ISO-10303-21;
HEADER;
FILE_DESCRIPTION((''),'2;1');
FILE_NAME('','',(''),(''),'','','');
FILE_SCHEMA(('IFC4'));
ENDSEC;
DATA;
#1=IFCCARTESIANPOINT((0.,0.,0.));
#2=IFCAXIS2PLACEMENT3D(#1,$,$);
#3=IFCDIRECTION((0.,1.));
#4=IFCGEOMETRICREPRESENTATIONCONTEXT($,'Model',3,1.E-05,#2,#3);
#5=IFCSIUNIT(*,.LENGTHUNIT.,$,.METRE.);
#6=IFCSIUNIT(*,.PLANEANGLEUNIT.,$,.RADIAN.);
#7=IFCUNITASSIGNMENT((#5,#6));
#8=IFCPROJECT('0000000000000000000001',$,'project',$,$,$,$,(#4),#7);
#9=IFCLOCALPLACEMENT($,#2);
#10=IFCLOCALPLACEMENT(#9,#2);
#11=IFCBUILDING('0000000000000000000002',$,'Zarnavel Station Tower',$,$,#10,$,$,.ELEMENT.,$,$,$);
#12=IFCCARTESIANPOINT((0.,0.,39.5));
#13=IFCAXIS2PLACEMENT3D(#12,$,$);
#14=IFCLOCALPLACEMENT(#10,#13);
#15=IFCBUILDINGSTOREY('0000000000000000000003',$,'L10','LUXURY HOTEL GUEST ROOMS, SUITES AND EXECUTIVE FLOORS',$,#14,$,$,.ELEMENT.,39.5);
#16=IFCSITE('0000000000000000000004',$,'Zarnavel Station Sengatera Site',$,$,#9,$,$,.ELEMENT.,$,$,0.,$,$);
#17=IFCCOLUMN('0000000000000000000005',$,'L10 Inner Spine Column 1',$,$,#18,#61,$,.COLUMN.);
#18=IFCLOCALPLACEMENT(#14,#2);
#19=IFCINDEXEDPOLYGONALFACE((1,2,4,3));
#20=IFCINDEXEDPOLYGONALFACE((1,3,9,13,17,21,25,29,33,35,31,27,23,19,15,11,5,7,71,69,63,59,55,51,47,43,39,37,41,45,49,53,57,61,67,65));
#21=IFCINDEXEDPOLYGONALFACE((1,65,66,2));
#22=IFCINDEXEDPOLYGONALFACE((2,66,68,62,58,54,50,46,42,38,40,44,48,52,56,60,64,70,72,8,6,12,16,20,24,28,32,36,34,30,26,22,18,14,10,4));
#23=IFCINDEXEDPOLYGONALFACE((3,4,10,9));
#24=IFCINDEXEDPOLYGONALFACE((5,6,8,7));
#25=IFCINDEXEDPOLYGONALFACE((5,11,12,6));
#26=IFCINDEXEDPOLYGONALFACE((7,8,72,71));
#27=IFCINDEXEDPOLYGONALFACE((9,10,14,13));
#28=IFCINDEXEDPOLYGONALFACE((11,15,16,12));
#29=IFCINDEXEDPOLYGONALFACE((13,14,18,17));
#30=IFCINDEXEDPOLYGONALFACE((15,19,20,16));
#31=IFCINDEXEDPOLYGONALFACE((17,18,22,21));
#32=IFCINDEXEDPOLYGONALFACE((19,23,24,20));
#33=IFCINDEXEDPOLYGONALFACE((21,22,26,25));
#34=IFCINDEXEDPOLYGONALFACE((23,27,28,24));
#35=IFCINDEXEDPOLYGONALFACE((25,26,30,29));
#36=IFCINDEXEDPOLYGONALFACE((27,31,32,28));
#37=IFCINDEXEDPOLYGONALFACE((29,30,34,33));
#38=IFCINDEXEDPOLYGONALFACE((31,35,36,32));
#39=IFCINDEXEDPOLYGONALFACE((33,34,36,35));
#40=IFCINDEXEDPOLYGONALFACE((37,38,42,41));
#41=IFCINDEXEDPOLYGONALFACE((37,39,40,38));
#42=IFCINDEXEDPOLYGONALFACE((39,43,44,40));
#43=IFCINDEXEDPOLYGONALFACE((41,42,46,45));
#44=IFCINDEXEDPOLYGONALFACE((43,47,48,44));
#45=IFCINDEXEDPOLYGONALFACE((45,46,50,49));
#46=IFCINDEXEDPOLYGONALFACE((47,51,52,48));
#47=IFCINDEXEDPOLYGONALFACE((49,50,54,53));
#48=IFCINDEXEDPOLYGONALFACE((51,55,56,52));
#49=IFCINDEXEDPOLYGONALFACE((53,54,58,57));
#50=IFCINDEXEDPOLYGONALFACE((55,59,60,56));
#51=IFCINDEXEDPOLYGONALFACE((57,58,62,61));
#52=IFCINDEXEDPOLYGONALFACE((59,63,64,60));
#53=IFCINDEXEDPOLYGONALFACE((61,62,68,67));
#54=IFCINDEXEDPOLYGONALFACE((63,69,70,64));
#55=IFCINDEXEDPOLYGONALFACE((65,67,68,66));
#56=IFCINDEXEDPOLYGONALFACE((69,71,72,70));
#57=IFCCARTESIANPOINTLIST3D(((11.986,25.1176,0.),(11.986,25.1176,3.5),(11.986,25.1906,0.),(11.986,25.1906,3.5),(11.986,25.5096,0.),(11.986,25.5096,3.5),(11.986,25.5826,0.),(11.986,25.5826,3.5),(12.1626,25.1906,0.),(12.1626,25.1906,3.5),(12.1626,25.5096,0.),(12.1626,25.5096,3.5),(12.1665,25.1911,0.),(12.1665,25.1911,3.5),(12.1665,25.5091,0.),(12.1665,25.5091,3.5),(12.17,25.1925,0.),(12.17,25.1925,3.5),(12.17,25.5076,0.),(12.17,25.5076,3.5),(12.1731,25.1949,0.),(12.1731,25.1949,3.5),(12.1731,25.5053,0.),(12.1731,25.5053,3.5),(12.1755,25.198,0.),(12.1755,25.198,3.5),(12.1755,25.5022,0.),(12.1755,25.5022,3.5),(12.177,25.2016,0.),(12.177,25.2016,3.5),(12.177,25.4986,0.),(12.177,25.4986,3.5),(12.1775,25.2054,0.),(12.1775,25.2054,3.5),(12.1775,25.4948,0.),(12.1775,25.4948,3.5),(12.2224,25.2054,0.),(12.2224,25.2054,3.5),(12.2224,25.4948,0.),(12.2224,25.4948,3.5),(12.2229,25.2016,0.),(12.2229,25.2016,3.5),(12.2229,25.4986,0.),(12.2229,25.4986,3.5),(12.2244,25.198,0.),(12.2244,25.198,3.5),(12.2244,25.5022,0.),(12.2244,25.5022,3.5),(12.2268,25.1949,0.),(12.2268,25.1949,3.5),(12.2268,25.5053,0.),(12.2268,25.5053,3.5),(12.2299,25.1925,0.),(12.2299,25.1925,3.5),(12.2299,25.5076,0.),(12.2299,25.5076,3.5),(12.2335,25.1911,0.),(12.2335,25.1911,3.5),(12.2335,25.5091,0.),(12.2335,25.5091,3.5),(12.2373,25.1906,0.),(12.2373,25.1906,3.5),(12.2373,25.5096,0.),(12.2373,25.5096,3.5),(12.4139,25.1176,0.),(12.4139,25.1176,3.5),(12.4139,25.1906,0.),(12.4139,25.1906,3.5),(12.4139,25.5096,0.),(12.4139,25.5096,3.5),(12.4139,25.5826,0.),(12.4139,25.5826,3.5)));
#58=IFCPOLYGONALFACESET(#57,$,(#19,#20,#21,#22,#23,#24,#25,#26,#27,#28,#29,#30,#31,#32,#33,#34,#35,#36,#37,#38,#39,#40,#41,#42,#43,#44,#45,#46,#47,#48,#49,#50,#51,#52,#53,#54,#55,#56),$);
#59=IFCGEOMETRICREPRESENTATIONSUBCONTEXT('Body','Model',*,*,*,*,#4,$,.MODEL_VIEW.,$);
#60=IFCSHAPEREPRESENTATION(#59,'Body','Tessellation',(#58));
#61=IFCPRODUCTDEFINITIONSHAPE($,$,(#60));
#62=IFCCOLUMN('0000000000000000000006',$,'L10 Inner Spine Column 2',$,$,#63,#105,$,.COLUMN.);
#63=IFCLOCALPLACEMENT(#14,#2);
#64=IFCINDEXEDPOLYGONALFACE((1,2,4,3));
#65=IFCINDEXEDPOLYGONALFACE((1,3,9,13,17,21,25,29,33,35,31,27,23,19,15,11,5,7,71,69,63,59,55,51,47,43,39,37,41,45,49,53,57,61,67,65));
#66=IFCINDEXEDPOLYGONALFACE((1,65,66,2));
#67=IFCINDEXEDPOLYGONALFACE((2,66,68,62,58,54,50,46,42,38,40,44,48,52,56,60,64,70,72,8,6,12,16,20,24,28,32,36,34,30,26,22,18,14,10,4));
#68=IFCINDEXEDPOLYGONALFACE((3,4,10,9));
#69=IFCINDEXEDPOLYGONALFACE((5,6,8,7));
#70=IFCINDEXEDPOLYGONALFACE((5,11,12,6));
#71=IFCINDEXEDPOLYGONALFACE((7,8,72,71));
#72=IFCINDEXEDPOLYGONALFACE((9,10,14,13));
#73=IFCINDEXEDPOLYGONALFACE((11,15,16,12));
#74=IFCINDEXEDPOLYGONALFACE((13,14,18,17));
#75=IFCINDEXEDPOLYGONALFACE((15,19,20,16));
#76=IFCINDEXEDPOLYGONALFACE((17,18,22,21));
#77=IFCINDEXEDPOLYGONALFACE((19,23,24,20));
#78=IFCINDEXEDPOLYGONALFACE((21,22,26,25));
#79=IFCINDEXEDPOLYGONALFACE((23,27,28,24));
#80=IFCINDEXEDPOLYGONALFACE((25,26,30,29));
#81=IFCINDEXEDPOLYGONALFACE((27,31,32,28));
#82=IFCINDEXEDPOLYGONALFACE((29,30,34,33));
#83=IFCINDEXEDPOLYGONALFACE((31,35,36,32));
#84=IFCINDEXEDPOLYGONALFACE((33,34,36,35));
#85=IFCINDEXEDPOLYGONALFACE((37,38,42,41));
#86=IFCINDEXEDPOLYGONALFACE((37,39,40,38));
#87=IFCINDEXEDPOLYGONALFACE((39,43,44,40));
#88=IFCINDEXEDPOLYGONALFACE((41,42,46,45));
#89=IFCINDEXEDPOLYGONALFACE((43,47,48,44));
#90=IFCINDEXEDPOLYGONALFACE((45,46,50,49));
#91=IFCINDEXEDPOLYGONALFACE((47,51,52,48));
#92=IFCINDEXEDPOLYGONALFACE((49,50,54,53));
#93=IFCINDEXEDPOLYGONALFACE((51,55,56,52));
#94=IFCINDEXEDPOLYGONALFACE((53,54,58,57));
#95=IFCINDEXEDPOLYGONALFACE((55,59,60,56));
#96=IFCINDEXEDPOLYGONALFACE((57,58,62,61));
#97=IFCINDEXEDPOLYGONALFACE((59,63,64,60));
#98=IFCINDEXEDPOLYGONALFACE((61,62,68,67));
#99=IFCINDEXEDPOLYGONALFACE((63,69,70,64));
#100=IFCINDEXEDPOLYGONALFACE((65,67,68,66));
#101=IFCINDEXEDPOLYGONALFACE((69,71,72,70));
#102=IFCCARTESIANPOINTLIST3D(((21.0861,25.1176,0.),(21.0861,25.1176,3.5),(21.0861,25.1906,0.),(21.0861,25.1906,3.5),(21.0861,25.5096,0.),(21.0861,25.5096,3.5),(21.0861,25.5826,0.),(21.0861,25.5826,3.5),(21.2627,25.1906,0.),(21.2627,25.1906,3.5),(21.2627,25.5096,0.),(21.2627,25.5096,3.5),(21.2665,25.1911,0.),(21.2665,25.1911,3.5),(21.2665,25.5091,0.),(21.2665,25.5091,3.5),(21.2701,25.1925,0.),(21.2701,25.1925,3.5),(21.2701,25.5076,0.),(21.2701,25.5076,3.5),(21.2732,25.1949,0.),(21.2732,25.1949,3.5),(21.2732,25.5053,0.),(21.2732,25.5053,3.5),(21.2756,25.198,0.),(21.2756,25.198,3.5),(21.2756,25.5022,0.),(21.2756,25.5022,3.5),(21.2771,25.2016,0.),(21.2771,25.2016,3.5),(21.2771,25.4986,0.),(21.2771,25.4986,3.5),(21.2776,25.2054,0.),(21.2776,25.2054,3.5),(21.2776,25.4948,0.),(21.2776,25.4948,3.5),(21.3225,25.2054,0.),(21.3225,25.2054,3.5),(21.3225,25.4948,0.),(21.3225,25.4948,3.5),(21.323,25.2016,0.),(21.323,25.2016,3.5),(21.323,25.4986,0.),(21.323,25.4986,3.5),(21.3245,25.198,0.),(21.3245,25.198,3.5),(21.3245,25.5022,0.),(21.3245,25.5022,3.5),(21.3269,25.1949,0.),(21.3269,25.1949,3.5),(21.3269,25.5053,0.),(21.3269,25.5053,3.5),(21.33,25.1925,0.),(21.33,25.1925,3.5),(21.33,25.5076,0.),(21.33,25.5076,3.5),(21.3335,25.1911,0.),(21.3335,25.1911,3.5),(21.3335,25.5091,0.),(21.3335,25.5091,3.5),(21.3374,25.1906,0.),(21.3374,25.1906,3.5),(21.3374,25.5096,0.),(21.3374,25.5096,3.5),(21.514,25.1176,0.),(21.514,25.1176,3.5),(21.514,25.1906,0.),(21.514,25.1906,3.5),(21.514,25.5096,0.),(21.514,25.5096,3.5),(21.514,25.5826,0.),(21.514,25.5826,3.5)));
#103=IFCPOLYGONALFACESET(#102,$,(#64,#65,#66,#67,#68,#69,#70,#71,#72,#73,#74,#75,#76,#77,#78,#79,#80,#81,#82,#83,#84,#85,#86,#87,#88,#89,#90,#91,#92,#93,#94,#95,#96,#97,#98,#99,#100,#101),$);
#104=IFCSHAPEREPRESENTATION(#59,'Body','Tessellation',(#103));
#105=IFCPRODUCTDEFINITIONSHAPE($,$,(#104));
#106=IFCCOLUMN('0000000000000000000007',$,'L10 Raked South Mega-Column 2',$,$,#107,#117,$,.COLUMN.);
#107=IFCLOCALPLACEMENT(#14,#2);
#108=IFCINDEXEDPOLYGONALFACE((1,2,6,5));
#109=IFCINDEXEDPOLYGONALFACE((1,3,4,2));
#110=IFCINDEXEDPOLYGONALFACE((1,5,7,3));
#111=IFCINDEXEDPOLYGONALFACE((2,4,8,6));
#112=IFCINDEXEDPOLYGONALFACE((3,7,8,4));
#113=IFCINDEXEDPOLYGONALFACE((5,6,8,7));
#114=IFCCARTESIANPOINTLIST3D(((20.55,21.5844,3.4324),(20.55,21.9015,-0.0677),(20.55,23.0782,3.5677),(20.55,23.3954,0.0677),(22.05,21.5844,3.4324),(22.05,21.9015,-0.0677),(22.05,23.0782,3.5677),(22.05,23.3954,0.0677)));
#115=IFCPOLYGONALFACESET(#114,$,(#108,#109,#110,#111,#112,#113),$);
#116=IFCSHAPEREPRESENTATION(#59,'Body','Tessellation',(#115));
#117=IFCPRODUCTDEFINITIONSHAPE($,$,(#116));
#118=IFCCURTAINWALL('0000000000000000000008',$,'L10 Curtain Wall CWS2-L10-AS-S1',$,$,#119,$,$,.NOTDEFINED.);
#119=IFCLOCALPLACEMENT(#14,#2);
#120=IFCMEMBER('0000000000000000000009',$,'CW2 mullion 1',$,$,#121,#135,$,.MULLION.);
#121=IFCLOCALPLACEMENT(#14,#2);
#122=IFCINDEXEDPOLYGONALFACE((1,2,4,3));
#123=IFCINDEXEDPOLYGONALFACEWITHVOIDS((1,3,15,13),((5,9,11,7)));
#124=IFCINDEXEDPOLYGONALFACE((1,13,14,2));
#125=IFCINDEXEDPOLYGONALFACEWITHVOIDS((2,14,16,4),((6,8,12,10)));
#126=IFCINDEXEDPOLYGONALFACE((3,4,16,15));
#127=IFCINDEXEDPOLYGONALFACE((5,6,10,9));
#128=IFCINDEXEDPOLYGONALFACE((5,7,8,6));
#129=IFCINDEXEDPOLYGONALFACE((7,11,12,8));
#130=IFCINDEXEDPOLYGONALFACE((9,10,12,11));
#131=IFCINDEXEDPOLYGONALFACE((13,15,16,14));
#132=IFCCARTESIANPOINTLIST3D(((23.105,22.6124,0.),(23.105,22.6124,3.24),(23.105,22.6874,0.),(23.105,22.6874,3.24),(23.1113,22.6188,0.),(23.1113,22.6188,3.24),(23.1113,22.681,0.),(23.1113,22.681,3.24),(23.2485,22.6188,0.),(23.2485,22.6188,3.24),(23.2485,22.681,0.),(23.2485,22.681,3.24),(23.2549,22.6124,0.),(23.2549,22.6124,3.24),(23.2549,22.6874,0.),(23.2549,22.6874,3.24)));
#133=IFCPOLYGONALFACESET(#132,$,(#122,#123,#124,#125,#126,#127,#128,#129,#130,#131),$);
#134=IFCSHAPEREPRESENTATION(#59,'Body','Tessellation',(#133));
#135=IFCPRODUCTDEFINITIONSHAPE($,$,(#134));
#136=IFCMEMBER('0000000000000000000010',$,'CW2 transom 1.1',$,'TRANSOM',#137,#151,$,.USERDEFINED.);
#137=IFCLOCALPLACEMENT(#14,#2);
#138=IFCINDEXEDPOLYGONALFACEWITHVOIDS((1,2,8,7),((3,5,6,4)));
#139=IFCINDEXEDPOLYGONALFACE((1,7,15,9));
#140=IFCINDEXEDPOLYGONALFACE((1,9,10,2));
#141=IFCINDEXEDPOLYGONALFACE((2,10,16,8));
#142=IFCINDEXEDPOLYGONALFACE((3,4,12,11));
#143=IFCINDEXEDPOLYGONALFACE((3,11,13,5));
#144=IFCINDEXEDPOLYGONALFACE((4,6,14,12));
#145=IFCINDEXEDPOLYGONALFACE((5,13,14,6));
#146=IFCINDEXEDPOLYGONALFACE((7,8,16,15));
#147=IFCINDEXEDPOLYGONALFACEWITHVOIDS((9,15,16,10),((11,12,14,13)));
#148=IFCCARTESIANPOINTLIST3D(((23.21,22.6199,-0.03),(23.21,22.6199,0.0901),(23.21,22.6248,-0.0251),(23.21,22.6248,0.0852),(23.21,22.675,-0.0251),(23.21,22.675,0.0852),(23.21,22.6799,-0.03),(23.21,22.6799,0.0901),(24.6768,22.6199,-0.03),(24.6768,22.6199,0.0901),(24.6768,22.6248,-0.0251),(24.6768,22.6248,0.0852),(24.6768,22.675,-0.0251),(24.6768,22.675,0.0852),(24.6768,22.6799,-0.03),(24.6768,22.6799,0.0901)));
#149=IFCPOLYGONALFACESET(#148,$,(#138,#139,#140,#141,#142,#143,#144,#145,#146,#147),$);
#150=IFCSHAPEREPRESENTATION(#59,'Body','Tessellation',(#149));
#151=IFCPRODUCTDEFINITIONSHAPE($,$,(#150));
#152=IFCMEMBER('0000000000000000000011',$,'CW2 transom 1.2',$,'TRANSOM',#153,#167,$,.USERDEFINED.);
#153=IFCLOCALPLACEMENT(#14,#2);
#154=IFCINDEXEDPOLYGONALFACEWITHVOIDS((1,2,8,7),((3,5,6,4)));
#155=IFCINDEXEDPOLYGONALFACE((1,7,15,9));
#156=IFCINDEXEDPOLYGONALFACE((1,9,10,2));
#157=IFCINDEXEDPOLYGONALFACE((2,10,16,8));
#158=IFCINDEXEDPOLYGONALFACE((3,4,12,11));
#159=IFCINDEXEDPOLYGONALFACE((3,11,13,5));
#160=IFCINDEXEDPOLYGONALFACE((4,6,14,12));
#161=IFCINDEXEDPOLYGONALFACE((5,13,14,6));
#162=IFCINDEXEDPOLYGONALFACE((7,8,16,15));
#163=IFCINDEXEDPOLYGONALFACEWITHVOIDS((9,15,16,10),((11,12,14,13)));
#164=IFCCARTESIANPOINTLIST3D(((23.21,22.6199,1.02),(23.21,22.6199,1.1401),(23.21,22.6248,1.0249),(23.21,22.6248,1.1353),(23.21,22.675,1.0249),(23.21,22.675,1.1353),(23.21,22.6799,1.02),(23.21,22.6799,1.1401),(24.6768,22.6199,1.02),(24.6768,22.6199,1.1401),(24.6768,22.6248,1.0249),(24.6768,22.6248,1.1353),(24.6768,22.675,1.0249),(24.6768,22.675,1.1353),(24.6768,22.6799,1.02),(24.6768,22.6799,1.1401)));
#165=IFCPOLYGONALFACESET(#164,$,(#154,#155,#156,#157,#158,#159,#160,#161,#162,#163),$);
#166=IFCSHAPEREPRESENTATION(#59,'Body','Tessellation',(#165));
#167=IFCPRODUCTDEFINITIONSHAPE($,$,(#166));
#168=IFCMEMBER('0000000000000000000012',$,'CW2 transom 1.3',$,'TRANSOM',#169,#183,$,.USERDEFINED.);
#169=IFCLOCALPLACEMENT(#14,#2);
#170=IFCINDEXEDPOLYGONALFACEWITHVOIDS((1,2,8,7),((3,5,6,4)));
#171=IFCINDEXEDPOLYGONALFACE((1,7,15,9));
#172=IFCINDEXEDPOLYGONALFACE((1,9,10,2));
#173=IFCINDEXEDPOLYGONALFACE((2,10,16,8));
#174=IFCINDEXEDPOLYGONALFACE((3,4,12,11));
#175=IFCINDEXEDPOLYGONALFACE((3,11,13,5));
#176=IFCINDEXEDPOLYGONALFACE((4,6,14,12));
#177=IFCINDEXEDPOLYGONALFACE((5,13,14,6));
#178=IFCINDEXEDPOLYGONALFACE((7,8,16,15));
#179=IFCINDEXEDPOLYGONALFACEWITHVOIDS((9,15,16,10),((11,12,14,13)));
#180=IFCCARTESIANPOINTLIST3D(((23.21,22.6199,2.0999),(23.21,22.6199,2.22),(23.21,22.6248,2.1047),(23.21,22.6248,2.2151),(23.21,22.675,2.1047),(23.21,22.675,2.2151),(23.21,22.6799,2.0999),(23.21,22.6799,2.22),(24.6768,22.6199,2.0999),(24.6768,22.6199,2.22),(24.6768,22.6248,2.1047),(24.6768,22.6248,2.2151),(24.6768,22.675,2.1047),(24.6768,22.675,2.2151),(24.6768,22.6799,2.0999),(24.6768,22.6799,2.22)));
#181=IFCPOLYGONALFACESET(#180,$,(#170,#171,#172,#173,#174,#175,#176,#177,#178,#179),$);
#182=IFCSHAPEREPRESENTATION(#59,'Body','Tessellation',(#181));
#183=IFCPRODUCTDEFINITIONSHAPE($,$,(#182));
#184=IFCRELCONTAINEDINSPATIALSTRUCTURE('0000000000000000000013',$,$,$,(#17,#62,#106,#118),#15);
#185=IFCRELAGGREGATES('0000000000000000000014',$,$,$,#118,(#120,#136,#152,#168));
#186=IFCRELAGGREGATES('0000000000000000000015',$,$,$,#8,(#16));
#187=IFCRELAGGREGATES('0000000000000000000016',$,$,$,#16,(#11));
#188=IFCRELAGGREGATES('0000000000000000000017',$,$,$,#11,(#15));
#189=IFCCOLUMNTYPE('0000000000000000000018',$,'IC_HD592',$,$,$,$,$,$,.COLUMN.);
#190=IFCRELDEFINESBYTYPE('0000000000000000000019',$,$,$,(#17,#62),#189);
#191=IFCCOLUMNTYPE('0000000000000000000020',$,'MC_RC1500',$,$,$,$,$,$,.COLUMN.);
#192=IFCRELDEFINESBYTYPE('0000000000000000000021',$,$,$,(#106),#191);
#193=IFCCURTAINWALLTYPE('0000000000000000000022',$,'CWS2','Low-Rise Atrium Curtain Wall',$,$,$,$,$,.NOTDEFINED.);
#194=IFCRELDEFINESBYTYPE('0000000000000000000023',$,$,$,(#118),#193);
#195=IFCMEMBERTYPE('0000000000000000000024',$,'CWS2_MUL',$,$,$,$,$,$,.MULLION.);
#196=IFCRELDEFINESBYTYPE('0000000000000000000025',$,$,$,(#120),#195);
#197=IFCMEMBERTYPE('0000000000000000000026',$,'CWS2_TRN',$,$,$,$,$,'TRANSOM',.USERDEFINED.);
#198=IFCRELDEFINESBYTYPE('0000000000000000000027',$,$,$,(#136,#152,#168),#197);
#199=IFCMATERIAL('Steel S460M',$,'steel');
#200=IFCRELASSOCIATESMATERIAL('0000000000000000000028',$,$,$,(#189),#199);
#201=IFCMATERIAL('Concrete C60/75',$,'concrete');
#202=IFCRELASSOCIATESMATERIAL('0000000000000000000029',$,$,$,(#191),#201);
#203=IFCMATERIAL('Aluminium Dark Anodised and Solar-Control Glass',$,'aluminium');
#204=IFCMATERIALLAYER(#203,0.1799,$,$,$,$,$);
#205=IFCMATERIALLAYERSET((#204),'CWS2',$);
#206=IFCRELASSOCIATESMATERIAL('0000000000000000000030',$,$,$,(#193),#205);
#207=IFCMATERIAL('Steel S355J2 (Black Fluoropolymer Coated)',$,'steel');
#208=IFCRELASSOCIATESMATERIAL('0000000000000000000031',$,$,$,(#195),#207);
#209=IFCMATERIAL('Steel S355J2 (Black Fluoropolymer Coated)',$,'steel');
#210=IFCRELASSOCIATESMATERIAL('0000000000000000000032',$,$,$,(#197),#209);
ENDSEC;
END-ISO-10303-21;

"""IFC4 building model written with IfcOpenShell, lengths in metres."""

from ifc_helpers import new_model, si_unit, direction, frame, origin, origin_2d, place, context, subcontext, project, spatial, rectangle, hollow_rectangle, i_section, extrude, material, layer, layer_set, material_profile, profile_set, type_object, element, aggregate, save


model = new_model("IFC4")

# Units and contexts
model_context = context("Model", 3, precision=1e-05, world=origin(), true_north=direction((0.0, 1.0)))
body_context = subcontext(model_context, "Body", "Model", "MODEL_VIEW")
ifc_project = project(units=[si_unit("LENGTHUNIT", "METRE"), si_unit("PLANEANGLEUNIT", "RADIAN")], contexts=[model_context])

# Site, building, storey
site_placement = place(None, origin())
site = spatial("IfcSite", under=ifc_project, at=site_placement, Name="Zarnavel Station Sengatera Site", CompositionType="ELEMENT", RefElevation=0.0)
building_placement = place(site_placement, origin())
building = spatial("IfcBuilding", under=site, at=building_placement, Name="Zarnavel Station Tower", CompositionType="ELEMENT")
storey_placement = place(building_placement, frame((0.0, 0.0, 39.5)))
storey = spatial("IfcBuildingStorey", under=building, at=storey_placement, Name="L10", Description="LUXURY HOTEL GUEST ROOMS, SUITES AND EXECUTIVE FLOORS", CompositionType="ELEMENT", Elevation=39.5)

# Columns
ifc_material_1 = material(Name="Steel S460M", Category="steel")
ifc_material_profile_1 = material_profile(ifc_material_1, i_section(OverallWidth=0.428, OverallDepth=0.4651, WebThickness=0.0449, FlangeThickness=0.073, FilletRadius=0.0149, at=origin_2d()), Name="HD400x592")
ifc_profile_set_1 = profile_set([ifc_material_profile_1], Name="Steel S460M")
column_type_1 = type_object("IfcColumnType", Name="IC_HD592", PredefinedType="COLUMN", material=ifc_profile_set_1)
for number, where, z_axis, x_axis, name in (
    (1, (12.2, 25.3501, 0.0), (0.0, 0.0, 1.0), (1.0, 0.0, 0.0), "L10 Inner Spine Column 1"),
    (2, (21.3, 25.3501, 0.0), (0.0, 0.0, 1.0), (1.0, 0.0, 0.0), "L10 Inner Spine Column 2"),
):
    element("IfcColumn", number, at=place(storey_placement, frame(where, z_axis=z_axis, x_axis=x_axis)), inside=storey, type_object=column_type_1, Name=name, PredefinedType="COLUMN", context=body_context, shape_type="SweptSolid", body=[
        extrude(i_section(OverallWidth=0.428, OverallDepth=0.4651, WebThickness=0.0449, FlangeThickness=0.073, FilletRadius=0.0149, at=origin_2d()), origin(), (0.0, 0.0, 1.0), 3.5),
    ])
ifc_material_2 = material(Name="Concrete C60/75", Category="concrete")
ifc_material_profile_2 = material_profile(ifc_material_2, rectangle(XDim=1.5, YDim=1.5, at=origin_2d()), Name="RC1500x1500")
ifc_profile_set_2 = profile_set([ifc_material_profile_2], Name="Concrete C60/75")
column_type_2 = type_object("IfcColumnType", Name="MC_RC1500", PredefinedType="COLUMN", material=ifc_profile_set_2)
column_placement = place(storey_placement, frame((21.3, 22.6484, 0.0), z_axis=(0.0, -0.090241, 0.99592), x_axis=(1.0, 0.0, 0.0)))
element("IfcColumn", 3, at=column_placement, inside=storey, type_object=column_type_2, Name="L10 Raked South Mega-Column 2", PredefinedType="COLUMN", context=body_context, shape_type="SweptSolid", body=[
    extrude(rectangle(XDim=1.5, YDim=1.5, at=origin_2d()), origin(), (0.0, 0.0, 1.0), 3.5144),
])

# Curtain wall, members
ifc_material_3 = material(Name="Aluminium Dark Anodised and Solar-Control Glass", Category="aluminium")
ifc_layer_1 = layer(ifc_material_3, 0.1799)
ifc_layer_set_1 = layer_set([ifc_layer_1], Name="CWS2")
curtain_wall_type = type_object("IfcCurtainWallType", Name="CWS2", Description="Low-Rise Atrium Curtain Wall", PredefinedType="NOTDEFINED", material=ifc_layer_set_1)
curtain_wall_placement = place(storey_placement, origin())
curtain_wall = element("IfcCurtainWall", 4, at=curtain_wall_placement, inside=storey, type_object=curtain_wall_type, Name="L10 Curtain Wall CWS2-L10-AS-S1", PredefinedType="NOTDEFINED")
ifc_material_4 = material(Name="Steel S355J2 (Black Fluoropolymer Coated)", Category="steel")
ifc_material_profile_3 = material_profile(ifc_material_4, hollow_rectangle(XDim=0.075, YDim=0.1499, WallThickness=0.0063, at=origin_2d()), Name="RHS150x75x6.3")
ifc_profile_set_3 = profile_set([ifc_material_profile_3], Name="Steel S355J2 (Black Fluoropolymer Coated)")
member_type_1 = type_object("IfcMemberType", Name="CWS2_MUL", PredefinedType="MULLION", material=ifc_profile_set_3)
member_1_placement = place(storey_placement, frame((23.1799, 22.6499, 0.0), z_axis=(0.0, 0.0, 1.0), x_axis=(0.0, 1.0, 0.0)))
member_1 = element("IfcMember", 5, at=member_1_placement, type_object=member_type_1, Name="CW2 mullion 1", PredefinedType="MULLION", context=body_context, shape_type="SweptSolid", body=[
    extrude(hollow_rectangle(XDim=0.075, YDim=0.1499, WallThickness=0.0063, at=origin_2d()), origin(), (0.0, 0.0, 1.0), 3.24),
])
ifc_material_5 = material(Name="Steel S355J2 (Black Fluoropolymer Coated)", Category="steel")
ifc_material_profile_4 = material_profile(ifc_material_5, hollow_rectangle(XDim=0.0601, YDim=0.1201, WallThickness=0.0049, at=origin_2d()), Name="RHS120x60x5")
ifc_profile_set_4 = profile_set([ifc_material_profile_4], Name="Steel S355J2 (Black Fluoropolymer Coated)")
member_type_2 = type_object("IfcMemberType", Name="CWS2_TRN", ElementType="TRANSOM", PredefinedType="USERDEFINED", material=ifc_profile_set_4)
member_2_placement = place(storey_placement, frame((23.21, 22.6499, 0.03), z_axis=(1.0, 0.0, 0.0), x_axis=(0.0, 1.0, 0.0)))
member_2 = element("IfcMember", 6, at=member_2_placement, type_object=member_type_2, Name="CW2 transom 1.1", ObjectType="TRANSOM", PredefinedType="USERDEFINED", context=body_context, shape_type="SweptSolid", body=[
    extrude(hollow_rectangle(XDim=0.0601, YDim=0.1201, WallThickness=0.0049, at=origin_2d()), origin(), (0.0, 0.0, 1.0), 1.4668),
])
member_3_placement = place(storey_placement, frame((23.21, 22.6499, 1.0801), z_axis=(1.0, 0.0, 0.0), x_axis=(0.0, 1.0, 0.0)))
member_3 = element("IfcMember", 7, at=member_3_placement, type_object=member_type_2, Name="CW2 transom 1.2", ObjectType="TRANSOM", PredefinedType="USERDEFINED", context=body_context, shape_type="SweptSolid", body=[
    extrude(hollow_rectangle(XDim=0.0601, YDim=0.1201, WallThickness=0.0049, at=origin_2d()), origin(), (0.0, 0.0, 1.0), 1.4668),
])
member_4_placement = place(storey_placement, frame((23.21, 22.6499, 2.1599), z_axis=(1.0, 0.0, 0.0), x_axis=(0.0, 1.0, 0.0)))
member_4 = element("IfcMember", 8, at=member_4_placement, type_object=member_type_2, Name="CW2 transom 1.3", ObjectType="TRANSOM", PredefinedType="USERDEFINED", context=body_context, shape_type="SweptSolid", body=[
    extrude(hollow_rectangle(XDim=0.0601, YDim=0.1201, WallThickness=0.0049, at=origin_2d()), origin(), (0.0, 0.0, 1.0), 1.4668),
])
aggregate(curtain_wall, [member_1, member_2, member_3, member_4])

save(model, "model.ifc")
